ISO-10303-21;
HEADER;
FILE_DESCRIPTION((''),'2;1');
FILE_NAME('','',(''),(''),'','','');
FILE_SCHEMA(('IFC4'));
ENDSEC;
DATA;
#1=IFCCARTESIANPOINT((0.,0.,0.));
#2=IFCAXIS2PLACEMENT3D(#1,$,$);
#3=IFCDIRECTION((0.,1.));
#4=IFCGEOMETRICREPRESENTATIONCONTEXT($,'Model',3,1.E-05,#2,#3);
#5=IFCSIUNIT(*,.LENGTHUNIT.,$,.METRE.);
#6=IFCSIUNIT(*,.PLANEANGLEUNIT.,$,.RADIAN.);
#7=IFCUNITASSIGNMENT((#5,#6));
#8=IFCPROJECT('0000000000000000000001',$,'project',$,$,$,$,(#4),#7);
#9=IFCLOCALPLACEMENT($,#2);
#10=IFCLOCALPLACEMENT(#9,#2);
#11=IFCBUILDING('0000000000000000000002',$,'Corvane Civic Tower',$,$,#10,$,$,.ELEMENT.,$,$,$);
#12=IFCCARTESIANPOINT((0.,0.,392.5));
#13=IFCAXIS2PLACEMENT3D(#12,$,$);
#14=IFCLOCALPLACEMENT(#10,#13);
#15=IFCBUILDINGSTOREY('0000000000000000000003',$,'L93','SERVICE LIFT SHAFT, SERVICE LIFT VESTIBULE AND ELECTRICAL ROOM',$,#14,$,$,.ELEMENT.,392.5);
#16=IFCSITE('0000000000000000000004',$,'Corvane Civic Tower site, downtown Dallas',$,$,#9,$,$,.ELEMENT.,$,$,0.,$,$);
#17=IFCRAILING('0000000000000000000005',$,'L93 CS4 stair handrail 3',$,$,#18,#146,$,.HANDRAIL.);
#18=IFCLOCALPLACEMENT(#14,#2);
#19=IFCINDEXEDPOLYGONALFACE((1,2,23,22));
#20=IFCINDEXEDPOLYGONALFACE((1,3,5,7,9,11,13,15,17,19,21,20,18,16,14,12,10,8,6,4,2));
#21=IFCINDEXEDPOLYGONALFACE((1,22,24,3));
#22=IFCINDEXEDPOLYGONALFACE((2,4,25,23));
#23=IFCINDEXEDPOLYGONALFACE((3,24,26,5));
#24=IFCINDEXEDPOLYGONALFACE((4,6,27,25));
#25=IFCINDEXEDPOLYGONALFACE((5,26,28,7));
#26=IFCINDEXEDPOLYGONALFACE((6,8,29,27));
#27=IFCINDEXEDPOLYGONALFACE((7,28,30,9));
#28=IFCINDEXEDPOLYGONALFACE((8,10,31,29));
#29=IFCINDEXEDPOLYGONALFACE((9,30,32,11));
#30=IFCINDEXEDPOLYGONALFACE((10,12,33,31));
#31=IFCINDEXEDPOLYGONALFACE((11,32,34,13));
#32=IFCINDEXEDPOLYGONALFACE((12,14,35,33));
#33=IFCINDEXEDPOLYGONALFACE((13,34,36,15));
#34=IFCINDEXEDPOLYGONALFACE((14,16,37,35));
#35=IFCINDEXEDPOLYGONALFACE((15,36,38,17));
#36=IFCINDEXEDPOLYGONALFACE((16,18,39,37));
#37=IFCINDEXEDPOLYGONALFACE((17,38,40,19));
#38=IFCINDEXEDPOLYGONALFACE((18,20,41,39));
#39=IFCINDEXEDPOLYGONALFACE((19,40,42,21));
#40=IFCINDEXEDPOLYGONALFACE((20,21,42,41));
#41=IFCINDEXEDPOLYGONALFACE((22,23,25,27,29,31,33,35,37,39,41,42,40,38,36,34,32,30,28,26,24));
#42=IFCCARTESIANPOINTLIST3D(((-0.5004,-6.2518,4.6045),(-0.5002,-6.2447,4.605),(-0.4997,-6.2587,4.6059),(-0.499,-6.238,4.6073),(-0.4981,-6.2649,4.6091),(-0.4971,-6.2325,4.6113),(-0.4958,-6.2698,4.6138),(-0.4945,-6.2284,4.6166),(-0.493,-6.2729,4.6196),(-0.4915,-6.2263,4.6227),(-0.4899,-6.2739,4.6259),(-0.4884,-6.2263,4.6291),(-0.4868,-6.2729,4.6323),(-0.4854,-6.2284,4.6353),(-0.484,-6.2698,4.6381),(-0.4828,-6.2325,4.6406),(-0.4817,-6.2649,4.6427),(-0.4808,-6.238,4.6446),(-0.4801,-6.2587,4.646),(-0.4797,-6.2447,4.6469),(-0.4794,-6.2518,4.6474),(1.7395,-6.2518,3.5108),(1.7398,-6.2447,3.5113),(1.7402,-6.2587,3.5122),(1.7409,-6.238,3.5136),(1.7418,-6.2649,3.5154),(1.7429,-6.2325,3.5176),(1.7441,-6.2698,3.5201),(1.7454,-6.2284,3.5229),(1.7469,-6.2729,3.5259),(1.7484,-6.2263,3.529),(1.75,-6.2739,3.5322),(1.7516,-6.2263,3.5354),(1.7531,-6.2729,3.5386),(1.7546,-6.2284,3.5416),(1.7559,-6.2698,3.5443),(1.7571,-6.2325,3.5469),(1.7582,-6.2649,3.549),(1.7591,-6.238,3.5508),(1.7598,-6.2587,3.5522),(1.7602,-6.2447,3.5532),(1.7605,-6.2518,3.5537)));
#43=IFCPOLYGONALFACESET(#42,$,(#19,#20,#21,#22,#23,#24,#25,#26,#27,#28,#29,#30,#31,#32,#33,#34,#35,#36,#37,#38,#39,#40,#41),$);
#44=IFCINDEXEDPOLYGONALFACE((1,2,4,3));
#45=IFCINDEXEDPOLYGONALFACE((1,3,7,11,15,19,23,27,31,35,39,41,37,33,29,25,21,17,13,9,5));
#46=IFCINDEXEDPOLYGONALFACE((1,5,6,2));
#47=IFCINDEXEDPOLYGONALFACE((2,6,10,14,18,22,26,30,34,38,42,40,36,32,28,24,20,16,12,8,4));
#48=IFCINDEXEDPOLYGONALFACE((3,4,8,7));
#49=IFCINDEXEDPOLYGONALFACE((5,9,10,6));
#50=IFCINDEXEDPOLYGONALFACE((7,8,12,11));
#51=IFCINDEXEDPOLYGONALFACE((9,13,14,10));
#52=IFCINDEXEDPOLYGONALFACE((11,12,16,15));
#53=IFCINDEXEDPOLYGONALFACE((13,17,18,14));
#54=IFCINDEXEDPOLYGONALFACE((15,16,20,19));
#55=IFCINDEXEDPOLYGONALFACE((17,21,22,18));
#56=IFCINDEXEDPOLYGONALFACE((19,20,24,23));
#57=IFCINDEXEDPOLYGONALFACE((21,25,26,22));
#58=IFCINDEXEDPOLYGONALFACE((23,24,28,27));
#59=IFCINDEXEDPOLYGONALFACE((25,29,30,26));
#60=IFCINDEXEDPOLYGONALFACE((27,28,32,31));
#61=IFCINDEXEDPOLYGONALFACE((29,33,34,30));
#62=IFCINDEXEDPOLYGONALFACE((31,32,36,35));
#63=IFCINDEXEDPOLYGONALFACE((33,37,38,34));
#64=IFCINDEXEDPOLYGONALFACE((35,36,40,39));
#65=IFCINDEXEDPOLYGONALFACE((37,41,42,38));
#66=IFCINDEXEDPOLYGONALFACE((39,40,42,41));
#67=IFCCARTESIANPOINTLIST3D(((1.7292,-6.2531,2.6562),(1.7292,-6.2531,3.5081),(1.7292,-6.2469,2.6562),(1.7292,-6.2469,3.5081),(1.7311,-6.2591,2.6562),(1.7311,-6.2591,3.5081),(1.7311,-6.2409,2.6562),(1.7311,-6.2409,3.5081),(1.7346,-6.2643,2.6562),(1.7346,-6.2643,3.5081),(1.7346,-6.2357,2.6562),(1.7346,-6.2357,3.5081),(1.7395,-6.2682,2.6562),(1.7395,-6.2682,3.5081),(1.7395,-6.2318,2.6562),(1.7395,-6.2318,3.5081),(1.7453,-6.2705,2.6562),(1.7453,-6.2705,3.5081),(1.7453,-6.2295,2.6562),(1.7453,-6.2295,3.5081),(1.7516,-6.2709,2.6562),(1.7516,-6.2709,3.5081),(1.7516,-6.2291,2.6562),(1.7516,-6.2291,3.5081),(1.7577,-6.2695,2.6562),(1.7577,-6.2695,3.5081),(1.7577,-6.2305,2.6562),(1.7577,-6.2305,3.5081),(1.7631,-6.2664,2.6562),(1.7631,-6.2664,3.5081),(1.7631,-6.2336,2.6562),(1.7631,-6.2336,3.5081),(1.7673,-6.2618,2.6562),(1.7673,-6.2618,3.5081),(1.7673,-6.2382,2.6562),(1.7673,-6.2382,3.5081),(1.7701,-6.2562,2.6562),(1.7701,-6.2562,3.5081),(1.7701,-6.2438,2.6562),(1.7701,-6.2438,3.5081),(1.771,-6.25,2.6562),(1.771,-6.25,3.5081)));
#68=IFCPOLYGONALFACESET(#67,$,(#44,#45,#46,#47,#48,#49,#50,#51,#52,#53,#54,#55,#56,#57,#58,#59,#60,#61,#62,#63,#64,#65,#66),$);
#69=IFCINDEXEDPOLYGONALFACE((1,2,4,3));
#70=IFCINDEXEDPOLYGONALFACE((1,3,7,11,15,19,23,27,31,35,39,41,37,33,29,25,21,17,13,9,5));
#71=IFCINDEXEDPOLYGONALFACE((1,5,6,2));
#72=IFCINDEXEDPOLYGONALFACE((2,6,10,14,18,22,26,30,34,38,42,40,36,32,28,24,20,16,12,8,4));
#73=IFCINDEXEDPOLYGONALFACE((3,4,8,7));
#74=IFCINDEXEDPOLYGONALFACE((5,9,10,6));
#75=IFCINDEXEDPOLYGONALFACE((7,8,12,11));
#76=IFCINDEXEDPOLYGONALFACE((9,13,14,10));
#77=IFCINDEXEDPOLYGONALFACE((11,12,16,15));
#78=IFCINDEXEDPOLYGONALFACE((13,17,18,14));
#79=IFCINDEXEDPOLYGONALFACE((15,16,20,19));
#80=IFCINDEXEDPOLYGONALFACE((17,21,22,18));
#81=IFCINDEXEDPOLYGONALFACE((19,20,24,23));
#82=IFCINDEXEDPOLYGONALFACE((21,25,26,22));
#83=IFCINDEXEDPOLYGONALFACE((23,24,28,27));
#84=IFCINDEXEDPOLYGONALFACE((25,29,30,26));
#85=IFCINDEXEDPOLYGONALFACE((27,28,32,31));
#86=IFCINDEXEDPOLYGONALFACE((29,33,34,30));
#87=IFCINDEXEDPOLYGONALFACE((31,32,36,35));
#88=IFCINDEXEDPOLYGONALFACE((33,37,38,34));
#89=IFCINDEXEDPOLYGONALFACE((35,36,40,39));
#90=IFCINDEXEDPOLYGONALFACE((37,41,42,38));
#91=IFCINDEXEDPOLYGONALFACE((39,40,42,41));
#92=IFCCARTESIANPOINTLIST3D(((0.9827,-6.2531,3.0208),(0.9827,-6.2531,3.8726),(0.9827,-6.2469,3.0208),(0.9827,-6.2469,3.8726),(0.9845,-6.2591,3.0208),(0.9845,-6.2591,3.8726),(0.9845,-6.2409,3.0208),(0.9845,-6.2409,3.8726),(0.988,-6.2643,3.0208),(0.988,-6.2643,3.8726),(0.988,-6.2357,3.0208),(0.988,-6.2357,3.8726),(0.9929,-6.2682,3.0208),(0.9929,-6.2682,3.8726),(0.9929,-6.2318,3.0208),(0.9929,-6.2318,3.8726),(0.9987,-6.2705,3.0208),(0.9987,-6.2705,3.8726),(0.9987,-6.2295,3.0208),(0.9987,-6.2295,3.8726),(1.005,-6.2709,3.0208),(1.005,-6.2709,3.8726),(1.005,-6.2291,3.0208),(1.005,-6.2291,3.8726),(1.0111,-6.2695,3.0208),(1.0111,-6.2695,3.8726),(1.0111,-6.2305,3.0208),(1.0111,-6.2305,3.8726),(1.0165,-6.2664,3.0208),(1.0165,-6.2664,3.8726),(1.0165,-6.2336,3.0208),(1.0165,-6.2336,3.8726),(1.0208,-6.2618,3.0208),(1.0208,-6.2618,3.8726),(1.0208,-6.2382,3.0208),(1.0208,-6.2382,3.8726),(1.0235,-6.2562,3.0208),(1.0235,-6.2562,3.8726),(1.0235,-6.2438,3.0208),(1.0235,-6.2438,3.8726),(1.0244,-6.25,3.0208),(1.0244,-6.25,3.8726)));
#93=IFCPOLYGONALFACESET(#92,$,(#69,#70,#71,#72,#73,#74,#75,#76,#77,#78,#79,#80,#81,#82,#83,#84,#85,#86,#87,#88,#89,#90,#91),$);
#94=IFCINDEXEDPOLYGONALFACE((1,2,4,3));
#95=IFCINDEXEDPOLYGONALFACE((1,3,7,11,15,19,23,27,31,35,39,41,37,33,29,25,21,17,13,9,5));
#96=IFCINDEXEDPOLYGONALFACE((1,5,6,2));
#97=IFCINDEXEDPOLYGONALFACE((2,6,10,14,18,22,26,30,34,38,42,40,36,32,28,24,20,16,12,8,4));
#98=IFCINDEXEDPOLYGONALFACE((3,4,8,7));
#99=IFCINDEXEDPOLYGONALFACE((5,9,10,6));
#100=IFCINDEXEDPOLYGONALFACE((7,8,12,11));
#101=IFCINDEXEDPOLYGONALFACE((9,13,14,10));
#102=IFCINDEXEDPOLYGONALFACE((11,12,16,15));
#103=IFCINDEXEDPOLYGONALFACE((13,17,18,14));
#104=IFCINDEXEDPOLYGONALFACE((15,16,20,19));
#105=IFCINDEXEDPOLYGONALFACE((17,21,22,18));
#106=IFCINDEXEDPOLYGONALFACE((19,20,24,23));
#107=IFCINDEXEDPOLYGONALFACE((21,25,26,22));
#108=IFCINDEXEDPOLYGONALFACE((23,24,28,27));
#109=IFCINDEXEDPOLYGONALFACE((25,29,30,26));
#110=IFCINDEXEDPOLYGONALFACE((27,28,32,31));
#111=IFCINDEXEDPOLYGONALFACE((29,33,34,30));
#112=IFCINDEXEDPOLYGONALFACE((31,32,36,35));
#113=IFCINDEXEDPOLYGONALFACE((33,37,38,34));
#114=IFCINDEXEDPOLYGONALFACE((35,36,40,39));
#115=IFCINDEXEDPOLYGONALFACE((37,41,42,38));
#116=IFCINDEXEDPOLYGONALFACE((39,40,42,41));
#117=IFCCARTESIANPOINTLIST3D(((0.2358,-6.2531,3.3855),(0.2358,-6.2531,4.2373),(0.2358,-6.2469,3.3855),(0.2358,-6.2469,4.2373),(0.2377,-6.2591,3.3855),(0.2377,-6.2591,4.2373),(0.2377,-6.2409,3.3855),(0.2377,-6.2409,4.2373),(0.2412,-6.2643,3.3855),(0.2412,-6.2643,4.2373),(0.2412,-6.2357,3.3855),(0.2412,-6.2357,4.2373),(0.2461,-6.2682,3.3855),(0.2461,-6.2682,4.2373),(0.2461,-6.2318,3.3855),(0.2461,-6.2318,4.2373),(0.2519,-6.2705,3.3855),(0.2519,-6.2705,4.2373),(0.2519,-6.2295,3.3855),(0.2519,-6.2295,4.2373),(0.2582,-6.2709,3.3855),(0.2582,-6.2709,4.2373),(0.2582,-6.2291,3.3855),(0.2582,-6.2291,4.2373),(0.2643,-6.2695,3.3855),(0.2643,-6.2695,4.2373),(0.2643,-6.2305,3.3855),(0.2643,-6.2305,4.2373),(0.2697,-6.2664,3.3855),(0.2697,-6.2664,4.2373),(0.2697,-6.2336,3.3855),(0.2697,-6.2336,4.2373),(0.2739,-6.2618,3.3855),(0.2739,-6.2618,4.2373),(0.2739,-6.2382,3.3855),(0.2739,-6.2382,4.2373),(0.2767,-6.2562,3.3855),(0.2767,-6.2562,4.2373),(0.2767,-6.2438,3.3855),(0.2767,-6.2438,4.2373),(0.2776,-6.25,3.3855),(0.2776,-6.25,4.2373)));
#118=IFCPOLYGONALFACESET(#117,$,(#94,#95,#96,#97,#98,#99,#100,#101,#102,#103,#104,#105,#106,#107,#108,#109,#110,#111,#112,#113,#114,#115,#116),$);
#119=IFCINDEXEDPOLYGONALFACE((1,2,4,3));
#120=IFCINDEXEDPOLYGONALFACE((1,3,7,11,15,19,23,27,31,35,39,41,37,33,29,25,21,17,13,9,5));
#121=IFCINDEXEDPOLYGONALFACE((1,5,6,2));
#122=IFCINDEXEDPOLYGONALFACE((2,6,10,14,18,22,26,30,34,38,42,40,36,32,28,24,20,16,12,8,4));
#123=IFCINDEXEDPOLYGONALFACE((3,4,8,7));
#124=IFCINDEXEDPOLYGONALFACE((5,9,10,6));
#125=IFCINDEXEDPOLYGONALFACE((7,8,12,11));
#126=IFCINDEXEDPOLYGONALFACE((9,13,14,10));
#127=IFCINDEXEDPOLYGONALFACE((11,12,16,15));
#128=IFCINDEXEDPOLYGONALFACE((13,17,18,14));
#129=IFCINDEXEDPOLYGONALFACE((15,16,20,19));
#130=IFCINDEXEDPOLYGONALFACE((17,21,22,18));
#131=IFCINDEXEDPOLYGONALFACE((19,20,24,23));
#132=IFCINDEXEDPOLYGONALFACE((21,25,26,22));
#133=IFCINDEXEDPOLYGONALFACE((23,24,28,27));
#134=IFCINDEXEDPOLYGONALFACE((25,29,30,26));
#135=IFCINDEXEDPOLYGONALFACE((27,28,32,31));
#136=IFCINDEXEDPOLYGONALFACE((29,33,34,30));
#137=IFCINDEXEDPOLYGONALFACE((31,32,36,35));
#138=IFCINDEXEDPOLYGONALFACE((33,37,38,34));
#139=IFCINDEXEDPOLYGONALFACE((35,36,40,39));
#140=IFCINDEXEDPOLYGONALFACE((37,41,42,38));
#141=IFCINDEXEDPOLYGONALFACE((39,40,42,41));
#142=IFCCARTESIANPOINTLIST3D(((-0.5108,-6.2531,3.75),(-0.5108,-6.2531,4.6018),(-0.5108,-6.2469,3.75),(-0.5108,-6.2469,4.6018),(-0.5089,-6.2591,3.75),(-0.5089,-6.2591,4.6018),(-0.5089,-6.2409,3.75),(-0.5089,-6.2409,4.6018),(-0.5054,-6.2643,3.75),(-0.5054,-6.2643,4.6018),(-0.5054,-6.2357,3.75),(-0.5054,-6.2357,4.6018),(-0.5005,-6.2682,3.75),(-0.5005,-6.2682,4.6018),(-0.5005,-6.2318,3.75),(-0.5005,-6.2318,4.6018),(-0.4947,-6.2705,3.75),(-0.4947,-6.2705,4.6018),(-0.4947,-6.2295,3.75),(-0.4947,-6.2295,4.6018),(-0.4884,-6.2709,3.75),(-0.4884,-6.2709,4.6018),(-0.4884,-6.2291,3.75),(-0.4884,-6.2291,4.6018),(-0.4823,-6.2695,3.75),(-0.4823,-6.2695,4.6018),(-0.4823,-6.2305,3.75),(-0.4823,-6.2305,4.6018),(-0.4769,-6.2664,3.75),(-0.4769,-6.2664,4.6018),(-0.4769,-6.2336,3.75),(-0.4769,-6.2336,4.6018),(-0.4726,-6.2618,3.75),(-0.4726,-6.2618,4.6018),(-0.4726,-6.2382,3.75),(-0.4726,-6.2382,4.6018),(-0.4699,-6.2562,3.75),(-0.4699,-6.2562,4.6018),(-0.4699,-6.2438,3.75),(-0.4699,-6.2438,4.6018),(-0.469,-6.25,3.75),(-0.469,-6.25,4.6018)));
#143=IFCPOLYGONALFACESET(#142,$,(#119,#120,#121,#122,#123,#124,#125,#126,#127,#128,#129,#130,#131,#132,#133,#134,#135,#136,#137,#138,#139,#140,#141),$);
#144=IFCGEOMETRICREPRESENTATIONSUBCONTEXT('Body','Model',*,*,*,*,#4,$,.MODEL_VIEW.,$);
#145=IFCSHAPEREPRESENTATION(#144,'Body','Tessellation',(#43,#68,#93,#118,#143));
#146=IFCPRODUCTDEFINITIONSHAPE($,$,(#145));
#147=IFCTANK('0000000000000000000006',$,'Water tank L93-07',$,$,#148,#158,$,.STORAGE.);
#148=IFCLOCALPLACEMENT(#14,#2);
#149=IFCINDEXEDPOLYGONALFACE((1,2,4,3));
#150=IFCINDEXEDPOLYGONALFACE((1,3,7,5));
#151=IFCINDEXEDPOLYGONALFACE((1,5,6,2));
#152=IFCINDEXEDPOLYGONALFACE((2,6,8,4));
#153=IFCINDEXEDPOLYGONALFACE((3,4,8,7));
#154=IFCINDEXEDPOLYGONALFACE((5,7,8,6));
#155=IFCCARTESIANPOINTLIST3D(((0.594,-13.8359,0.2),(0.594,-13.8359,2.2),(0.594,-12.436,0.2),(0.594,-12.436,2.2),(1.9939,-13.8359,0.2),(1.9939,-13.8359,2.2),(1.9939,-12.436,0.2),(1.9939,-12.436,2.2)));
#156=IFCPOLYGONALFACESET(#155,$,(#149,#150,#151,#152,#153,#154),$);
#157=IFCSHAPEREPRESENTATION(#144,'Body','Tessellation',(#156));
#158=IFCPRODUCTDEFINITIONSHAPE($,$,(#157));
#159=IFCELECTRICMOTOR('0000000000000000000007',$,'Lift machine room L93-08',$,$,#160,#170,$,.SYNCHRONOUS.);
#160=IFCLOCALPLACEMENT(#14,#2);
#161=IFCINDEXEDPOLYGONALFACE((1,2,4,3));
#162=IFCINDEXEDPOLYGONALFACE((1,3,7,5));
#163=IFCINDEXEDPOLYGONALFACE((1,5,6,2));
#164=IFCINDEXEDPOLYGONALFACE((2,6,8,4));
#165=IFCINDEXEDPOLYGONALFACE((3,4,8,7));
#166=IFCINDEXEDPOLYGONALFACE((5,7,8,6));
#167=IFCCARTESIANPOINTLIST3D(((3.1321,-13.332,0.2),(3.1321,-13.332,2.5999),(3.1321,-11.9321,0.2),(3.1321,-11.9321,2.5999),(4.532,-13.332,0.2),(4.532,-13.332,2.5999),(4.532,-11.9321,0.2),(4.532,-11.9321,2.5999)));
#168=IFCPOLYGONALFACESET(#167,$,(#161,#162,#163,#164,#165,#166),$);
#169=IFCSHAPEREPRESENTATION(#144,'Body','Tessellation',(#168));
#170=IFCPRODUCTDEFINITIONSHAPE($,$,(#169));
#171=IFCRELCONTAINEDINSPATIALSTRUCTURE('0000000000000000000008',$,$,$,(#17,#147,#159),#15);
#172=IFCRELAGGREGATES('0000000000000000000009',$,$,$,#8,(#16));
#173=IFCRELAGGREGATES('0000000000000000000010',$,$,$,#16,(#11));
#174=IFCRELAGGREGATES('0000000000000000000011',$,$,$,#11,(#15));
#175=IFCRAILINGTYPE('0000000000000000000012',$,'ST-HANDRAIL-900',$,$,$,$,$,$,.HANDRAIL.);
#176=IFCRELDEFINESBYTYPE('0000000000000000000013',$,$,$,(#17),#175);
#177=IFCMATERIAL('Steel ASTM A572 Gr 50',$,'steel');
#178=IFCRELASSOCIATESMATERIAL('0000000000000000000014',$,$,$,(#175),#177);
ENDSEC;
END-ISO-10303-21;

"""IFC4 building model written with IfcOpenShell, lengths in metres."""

from ifc_helpers import new_model, si_unit, direction, frame, origin, origin_2d, place, context, subcontext, project, spatial, rectangle, circle, extrude, material, type_object, element, save


model = new_model("IFC4")

# Units and contexts
model_context = context("Model", 3, precision=1e-05, world=origin(), true_north=direction((0.0, 1.0)))
body_context = subcontext(model_context, "Body", "Model", "MODEL_VIEW")
ifc_project = project(units=[si_unit("LENGTHUNIT", "METRE"), si_unit("PLANEANGLEUNIT", "RADIAN")], contexts=[model_context])

# Site, building, storey
site_placement = place(None, origin())
site = spatial("IfcSite", under=ifc_project, at=site_placement, Name="Corvane Civic Tower site, downtown Dallas", CompositionType="ELEMENT", RefElevation=0.0)
building_placement = place(site_placement, origin())
building = spatial("IfcBuilding", under=site, at=building_placement, Name="Corvane Civic Tower", CompositionType="ELEMENT")
storey_placement = place(building_placement, frame((0.0, 0.0, 392.5)))
storey = spatial("IfcBuildingStorey", under=building, at=storey_placement, Name="L93", Description="SERVICE LIFT SHAFT, SERVICE LIFT VESTIBULE AND ELECTRICAL ROOM", CompositionType="ELEMENT", Elevation=392.5)

# Railing
ifc_material_1 = material(Name="Steel ASTM A572 Gr 50", Category="steel")
railing_type_1 = type_object("IfcRailingType", Name="ST-HANDRAIL-900", PredefinedType="HANDRAIL", material=ifc_material_1)
for number, where, name in (
    (1, (1.75, -6.25, 2.6562), "L93 CS4 stair handrail 3"),
):
    element("IfcRailing", number, at=place(storey_placement, frame(where)), inside=storey, type_object=railing_type_1, Name=name, PredefinedType="HANDRAIL", context=body_context, shape_type="SweptSolid", body=[
        extrude(circle(Radius=0.0239, at=origin_2d()), frame((0.0, 0.0, 0.876), z_axis=(-0.898599, 0.0, 0.438771), x_axis=(0.0, -1.0, 0.0)), (0.0, 0.0, 1.0), 2.4927),
        extrude(circle(Radius=0.021, at=origin_2d()), origin(), (0.0, 0.0, 1.0), 0.8518),
        extrude(circle(Radius=0.021, at=origin_2d()), frame((-0.7466, 0.0, 0.3645)), (0.0, 0.0, 1.0), 0.8518),
        extrude(circle(Radius=0.021, at=origin_2d()), frame((-1.4934, 0.0, 0.7292)), (0.0, 0.0, 1.0), 0.8518),
        extrude(circle(Radius=0.021, at=origin_2d()), frame((-2.24, 0.0, 1.0938)), (0.0, 0.0, 1.0), 0.8518),
    ])

# Tank
tank_placement = place(storey_placement, frame((1.2939, -13.136, 0.2), z_axis=(0.0, 0.0, 1.0), x_axis=(1.0, 0.0, 0.0)))
element("IfcTank", 2, at=tank_placement, inside=storey, Name="Water tank L93-07", PredefinedType="STORAGE", context=body_context, shape_type="SweptSolid", body=[
    extrude(rectangle(XDim=1.3999, YDim=1.3999, at=origin_2d()), origin(), (0.0, 0.0, 1.0), 2.0),
])

# Electric motor
electric_motor_placement = place(storey_placement, frame((3.832, -12.6321, 0.2), z_axis=(0.0, 0.0, 1.0), x_axis=(1.0, 0.0, 0.0)))
element("IfcElectricMotor", 3, at=electric_motor_placement, inside=storey, Name="Lift machine room L93-08", PredefinedType="SYNCHRONOUS", context=body_context, shape_type="SweptSolid", body=[
    extrude(rectangle(XDim=1.3999, YDim=1.3999, at=origin_2d()), origin(), (0.0, 0.0, 1.0), 2.3999),
])

save(model, "model.ifc")
